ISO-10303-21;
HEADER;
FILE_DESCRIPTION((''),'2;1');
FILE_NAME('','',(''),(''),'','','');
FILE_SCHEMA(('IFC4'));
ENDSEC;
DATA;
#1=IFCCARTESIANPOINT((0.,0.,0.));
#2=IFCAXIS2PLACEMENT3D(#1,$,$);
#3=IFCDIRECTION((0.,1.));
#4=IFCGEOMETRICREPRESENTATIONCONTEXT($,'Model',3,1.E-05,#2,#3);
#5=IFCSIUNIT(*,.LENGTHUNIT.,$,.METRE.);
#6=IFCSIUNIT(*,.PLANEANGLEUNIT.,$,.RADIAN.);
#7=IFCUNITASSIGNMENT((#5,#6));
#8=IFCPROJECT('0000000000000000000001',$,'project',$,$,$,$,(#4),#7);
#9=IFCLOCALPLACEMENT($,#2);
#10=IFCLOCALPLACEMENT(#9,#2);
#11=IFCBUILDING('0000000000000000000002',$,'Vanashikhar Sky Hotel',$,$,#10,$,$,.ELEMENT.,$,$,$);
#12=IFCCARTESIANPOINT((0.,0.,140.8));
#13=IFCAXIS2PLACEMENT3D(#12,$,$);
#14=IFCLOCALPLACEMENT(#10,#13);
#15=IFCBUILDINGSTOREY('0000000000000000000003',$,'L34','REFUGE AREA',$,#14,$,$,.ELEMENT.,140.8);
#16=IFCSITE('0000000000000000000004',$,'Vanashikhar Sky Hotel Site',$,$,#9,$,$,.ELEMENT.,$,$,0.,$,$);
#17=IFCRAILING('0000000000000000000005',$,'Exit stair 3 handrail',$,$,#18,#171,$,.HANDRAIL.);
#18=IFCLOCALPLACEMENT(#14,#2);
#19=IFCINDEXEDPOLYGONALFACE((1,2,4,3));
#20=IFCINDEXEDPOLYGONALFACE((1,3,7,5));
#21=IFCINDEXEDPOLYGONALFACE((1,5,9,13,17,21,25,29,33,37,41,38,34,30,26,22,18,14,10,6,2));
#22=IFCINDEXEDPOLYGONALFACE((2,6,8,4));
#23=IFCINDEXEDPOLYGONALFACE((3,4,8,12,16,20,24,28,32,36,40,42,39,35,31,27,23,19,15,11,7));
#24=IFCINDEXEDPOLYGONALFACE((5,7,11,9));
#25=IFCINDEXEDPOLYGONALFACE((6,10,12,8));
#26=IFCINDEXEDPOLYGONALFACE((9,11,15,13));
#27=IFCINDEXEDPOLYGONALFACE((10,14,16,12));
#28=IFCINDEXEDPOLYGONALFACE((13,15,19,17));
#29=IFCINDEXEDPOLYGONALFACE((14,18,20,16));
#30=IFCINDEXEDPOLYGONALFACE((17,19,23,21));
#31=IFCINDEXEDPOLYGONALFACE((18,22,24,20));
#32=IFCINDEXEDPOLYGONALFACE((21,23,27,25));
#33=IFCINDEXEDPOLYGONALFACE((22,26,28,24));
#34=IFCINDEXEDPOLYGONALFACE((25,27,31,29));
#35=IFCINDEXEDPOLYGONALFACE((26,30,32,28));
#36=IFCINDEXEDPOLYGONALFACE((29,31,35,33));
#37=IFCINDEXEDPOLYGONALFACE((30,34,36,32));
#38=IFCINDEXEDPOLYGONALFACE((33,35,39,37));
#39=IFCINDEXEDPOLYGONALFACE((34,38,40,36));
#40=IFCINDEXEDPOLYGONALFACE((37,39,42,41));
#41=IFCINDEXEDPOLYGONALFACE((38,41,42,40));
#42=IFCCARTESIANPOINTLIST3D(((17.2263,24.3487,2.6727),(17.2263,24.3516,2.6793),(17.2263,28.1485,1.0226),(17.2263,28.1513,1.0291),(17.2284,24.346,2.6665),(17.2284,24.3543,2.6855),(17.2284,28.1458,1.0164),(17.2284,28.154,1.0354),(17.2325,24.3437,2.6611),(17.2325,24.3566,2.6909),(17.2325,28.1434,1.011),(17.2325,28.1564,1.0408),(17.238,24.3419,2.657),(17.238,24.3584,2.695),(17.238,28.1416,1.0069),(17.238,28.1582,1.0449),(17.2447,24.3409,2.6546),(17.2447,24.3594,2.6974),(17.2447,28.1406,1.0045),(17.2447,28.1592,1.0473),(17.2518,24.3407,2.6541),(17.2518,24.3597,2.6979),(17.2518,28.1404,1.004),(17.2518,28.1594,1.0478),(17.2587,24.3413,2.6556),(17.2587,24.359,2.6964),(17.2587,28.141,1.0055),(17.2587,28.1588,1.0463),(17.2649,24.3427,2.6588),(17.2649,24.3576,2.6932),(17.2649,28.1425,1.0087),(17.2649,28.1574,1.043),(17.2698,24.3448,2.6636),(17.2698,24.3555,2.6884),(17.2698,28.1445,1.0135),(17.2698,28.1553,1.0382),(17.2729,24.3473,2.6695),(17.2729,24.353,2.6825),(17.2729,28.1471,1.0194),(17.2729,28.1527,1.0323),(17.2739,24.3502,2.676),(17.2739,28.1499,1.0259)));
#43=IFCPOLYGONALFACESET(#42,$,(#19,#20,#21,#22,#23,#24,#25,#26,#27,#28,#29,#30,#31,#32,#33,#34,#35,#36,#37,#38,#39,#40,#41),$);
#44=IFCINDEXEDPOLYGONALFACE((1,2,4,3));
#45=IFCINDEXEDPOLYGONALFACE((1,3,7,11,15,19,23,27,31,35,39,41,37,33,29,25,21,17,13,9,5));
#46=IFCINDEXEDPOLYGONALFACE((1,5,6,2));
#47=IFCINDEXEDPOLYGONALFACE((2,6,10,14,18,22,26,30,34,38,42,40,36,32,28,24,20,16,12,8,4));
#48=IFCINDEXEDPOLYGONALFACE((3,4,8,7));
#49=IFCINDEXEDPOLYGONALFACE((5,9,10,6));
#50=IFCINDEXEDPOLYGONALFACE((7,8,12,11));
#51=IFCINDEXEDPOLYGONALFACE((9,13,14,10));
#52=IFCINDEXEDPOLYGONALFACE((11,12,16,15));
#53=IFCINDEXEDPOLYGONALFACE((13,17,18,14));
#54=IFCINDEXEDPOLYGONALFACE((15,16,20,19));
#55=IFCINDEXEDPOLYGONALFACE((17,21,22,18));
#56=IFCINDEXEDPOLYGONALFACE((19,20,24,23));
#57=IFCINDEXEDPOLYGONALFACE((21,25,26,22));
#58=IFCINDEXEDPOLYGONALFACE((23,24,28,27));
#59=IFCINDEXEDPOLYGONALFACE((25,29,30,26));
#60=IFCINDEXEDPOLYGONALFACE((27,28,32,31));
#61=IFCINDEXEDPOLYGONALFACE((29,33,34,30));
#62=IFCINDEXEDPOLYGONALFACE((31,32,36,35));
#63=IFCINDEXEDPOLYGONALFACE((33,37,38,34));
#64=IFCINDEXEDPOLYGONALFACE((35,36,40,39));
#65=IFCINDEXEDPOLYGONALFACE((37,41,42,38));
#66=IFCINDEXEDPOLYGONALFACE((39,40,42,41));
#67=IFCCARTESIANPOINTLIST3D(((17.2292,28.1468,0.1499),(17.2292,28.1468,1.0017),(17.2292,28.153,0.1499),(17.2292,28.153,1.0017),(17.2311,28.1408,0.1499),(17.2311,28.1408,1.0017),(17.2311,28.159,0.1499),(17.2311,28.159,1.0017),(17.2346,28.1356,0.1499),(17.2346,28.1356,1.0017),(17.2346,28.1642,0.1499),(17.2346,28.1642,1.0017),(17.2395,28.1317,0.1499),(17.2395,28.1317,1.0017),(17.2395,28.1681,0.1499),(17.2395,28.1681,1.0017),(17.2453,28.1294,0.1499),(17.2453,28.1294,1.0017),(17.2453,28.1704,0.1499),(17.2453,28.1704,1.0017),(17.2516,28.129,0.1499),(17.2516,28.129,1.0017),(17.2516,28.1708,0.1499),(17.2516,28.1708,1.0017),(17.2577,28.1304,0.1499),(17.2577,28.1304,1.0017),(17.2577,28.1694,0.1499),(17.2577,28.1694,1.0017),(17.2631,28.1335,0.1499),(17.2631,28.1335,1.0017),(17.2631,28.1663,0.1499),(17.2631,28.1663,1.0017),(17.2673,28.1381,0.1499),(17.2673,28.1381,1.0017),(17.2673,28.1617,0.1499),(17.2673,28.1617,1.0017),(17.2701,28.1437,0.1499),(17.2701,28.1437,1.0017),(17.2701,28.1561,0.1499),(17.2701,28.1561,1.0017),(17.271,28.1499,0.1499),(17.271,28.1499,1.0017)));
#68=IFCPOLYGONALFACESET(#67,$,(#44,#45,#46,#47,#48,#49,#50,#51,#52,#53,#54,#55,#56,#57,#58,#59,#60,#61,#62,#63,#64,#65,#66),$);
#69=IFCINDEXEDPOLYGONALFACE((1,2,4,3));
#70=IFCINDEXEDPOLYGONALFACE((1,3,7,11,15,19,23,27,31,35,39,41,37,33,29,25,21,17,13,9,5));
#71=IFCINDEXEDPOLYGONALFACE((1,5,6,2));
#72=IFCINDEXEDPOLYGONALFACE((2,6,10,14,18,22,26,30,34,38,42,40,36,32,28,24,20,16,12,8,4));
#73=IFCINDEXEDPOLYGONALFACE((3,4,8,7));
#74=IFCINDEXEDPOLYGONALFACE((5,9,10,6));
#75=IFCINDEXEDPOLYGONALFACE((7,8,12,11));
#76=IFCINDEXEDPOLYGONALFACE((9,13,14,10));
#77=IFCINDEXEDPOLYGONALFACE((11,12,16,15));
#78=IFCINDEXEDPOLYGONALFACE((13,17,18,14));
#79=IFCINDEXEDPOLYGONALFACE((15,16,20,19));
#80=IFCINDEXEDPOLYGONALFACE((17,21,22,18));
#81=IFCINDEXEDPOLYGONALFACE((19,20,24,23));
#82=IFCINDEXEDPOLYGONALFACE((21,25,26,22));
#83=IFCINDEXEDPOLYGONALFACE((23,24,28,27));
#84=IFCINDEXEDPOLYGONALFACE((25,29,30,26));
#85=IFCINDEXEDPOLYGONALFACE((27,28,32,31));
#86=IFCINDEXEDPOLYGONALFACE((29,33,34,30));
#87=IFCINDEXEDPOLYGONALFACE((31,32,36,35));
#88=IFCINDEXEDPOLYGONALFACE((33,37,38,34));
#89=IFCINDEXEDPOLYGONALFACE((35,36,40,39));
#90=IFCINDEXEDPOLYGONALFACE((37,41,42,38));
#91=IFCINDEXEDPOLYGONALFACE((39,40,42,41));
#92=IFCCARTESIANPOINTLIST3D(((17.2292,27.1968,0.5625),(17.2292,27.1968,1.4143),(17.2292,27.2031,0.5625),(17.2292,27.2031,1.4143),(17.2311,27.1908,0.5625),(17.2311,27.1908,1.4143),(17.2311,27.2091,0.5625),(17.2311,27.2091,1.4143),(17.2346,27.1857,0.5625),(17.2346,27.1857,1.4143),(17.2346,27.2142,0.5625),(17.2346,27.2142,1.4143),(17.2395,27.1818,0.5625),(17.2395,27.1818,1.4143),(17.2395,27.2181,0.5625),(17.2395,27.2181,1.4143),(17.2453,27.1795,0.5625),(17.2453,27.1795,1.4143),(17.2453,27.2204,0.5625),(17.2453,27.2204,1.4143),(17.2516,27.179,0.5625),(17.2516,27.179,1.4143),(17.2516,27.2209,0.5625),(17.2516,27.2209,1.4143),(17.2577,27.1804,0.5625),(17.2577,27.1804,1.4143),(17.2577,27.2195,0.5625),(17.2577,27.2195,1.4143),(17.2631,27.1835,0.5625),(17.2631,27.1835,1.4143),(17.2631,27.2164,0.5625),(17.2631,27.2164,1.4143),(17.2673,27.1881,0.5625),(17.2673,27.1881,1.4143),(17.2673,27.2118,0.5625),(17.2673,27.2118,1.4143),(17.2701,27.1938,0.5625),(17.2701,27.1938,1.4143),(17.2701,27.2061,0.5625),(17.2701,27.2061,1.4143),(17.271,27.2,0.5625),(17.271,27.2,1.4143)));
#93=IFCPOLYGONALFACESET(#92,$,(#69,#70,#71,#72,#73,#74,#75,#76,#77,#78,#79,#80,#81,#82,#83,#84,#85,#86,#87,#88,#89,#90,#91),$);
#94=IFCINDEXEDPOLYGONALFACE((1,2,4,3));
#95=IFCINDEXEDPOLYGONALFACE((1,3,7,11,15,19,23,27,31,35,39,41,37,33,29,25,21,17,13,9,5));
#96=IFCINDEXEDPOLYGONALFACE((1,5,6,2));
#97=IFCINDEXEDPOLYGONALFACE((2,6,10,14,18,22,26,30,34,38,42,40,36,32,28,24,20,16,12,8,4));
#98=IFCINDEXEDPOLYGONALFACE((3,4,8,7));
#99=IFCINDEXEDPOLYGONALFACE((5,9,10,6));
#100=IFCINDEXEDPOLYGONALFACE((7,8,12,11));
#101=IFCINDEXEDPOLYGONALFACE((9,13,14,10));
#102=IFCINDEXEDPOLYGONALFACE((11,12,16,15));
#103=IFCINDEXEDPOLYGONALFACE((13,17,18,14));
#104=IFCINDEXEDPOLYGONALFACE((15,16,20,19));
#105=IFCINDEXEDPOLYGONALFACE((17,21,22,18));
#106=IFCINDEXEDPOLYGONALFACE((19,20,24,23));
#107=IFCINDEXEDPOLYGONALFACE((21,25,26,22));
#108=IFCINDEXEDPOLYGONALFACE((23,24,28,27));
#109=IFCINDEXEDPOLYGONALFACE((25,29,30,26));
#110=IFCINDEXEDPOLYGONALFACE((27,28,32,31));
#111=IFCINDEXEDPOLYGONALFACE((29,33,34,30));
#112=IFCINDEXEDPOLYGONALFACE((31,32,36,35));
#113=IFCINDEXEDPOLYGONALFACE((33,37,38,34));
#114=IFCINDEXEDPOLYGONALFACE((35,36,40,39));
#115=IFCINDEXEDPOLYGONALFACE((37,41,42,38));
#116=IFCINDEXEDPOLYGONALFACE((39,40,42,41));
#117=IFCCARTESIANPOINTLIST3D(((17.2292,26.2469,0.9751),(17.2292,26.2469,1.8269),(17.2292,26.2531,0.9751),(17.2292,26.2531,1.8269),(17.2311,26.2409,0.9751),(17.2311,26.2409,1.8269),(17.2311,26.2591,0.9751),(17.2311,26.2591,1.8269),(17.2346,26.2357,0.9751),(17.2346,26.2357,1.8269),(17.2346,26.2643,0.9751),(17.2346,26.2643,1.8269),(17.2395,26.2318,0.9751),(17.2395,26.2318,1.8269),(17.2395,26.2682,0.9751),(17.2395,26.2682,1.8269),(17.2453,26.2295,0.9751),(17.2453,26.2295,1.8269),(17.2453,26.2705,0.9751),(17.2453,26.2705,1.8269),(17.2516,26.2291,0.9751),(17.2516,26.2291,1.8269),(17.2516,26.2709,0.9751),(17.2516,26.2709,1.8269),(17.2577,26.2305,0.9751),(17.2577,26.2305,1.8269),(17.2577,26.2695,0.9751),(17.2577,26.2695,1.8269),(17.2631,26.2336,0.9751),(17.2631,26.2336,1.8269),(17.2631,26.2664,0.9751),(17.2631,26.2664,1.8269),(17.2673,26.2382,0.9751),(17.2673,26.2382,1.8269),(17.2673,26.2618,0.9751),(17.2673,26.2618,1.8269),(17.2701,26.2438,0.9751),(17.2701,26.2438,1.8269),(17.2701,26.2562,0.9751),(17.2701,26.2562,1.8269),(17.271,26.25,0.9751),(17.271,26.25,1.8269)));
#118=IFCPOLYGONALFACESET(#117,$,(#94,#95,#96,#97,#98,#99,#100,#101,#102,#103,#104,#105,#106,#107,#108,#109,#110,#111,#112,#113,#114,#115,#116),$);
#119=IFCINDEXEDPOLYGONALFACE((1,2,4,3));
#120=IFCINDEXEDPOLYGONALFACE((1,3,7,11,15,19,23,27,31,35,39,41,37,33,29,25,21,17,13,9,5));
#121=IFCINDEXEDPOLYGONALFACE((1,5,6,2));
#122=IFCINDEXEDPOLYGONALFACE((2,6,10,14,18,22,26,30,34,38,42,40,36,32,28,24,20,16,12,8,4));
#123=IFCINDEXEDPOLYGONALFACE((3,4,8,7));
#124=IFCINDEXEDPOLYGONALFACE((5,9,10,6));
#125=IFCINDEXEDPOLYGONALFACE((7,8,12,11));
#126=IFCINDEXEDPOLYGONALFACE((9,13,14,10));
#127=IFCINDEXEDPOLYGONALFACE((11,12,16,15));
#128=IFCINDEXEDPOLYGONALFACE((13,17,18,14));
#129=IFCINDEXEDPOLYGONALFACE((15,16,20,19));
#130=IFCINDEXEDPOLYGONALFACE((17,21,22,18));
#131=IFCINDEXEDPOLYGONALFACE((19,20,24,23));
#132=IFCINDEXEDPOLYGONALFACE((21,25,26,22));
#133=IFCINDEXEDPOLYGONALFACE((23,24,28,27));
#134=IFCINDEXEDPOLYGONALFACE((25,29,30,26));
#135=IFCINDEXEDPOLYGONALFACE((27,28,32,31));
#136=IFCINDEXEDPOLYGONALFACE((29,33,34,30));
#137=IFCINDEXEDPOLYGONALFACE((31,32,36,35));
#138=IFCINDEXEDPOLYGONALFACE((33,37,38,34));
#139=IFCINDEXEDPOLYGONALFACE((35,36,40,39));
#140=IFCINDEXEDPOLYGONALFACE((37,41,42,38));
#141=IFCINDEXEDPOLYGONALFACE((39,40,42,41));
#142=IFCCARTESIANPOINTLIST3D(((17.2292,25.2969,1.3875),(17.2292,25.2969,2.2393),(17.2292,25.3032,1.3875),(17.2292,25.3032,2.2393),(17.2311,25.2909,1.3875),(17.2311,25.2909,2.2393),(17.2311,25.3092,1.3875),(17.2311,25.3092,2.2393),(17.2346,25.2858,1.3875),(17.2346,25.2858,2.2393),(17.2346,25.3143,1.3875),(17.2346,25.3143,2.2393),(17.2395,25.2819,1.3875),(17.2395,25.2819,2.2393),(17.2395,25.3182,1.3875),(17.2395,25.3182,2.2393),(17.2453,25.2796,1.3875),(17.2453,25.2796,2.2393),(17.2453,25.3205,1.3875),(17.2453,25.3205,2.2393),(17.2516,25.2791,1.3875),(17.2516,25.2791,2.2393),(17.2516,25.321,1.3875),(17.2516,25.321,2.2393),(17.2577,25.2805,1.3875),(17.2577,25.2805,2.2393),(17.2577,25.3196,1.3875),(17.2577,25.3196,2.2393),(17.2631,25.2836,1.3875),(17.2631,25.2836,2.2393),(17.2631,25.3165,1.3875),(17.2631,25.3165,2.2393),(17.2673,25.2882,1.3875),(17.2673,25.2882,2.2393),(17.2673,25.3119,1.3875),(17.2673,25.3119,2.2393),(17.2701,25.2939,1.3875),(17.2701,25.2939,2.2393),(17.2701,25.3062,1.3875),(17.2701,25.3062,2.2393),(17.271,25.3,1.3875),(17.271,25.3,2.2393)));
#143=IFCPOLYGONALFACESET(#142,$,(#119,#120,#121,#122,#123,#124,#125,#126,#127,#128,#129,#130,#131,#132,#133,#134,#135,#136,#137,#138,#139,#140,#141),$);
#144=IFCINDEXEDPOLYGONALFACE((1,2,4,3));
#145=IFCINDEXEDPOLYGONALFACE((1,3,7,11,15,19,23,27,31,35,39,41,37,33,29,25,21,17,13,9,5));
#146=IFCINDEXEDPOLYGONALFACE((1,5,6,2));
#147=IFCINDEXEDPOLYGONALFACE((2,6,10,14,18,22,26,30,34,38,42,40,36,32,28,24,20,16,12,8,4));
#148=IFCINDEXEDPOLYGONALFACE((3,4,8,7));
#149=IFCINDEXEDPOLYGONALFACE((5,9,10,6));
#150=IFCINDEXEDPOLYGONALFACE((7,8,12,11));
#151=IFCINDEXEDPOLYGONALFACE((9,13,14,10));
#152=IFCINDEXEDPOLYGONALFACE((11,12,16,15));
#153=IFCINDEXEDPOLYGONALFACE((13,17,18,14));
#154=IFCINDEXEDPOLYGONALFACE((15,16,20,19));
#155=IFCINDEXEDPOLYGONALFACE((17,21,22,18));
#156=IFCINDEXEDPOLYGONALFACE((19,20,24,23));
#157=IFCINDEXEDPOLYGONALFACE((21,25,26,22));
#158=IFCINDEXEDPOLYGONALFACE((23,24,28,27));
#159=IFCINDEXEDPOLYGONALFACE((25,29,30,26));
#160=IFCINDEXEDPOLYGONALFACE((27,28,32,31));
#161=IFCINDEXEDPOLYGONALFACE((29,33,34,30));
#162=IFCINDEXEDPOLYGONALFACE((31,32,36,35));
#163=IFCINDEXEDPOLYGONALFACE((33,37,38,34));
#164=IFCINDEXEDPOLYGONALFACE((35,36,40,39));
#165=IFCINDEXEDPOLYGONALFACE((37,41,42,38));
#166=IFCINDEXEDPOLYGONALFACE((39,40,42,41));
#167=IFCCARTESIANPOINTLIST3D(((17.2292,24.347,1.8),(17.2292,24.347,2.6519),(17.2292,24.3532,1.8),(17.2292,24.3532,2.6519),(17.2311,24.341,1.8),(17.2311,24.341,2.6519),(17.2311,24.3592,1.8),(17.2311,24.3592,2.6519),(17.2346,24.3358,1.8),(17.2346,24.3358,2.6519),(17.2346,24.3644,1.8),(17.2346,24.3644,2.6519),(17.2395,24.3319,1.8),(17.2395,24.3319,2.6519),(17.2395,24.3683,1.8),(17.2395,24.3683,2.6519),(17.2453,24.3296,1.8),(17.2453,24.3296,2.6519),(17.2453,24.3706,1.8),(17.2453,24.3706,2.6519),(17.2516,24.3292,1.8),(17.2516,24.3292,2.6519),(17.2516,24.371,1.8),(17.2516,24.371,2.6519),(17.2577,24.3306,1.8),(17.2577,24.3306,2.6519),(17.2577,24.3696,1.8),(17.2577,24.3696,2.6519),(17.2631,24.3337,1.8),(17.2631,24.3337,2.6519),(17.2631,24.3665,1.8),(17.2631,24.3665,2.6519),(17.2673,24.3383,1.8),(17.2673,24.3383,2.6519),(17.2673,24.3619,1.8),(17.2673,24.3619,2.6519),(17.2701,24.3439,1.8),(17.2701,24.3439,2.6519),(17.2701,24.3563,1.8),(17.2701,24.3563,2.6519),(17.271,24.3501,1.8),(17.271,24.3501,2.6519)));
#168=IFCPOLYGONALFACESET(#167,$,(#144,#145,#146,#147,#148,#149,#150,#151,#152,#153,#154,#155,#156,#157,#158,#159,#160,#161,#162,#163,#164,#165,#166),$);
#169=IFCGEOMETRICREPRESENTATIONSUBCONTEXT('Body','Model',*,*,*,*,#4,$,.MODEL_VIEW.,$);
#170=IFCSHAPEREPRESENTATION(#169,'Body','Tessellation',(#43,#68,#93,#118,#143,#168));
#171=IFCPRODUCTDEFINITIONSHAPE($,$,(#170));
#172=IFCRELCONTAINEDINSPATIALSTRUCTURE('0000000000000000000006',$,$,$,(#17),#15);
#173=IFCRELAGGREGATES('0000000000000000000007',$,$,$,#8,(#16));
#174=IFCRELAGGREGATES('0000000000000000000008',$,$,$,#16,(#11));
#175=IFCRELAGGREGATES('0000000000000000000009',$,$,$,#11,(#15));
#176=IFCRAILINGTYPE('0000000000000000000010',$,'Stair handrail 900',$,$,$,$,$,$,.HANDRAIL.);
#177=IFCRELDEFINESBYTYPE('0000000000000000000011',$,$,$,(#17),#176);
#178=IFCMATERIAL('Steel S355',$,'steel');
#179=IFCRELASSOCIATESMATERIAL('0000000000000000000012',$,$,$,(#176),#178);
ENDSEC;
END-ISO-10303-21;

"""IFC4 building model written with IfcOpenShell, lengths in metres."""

from ifc_helpers import new_model, si_unit, direction, frame, origin, origin_2d, place, context, subcontext, project, spatial, circle, extrude, source, transform, mapped, material, type_object, element, save


model = new_model("IFC4")

# Units and contexts
model_context = context("Model", 3, precision=1e-05, world=origin(), true_north=direction((0.0, 1.0)))
body_context = subcontext(model_context, "Body", "Model", "MODEL_VIEW")
ifc_project = project(units=[si_unit("LENGTHUNIT", "METRE"), si_unit("PLANEANGLEUNIT", "RADIAN")], contexts=[model_context])

# Site, building, storey
site_placement = place(None, origin())
site = spatial("IfcSite", under=ifc_project, at=site_placement, Name="Vanashikhar Sky Hotel Site", CompositionType="ELEMENT", RefElevation=0.0)
building_placement = place(site_placement, origin())
building = spatial("IfcBuilding", under=site, at=building_placement, Name="Vanashikhar Sky Hotel", CompositionType="ELEMENT")
storey_placement = place(building_placement, frame((0.0, 0.0, 140.8)))
storey = spatial("IfcBuildingStorey", under=building, at=storey_placement, Name="L34", Description="REFUGE AREA", CompositionType="ELEMENT", Elevation=140.8)

# Shared definitions
ifc_material_1 = material(Name="Steel S355", Category="steel")

# Railing
railing_type_1 = type_object("IfcRailingType", Name="Stair handrail 900", PredefinedType="HANDRAIL", material=ifc_material_1)
shared_shape_1 = source(origin(), body_context, "Body", "SweptSolid", [
    extrude(circle(Radius=0.0239, at=origin_2d()), frame((0.0, 0.0, 0.876), z_axis=(0.0, -0.917241, 0.398332), x_axis=(1.0, 0.0, 0.0)), (0.0, 0.0, 1.0), 4.1426),
    extrude(circle(Radius=0.021, at=origin_2d()), origin(), (0.0, 0.0, 1.0), 0.8518),
    extrude(circle(Radius=0.021, at=origin_2d()), frame((0.0, -0.95, 0.4126)), (0.0, 0.0, 1.0), 0.8518),
    extrude(circle(Radius=0.021, at=origin_2d()), frame((0.0, -1.8999, 0.8252)), (0.0, 0.0, 1.0), 0.8518),
    extrude(circle(Radius=0.021, at=origin_2d()), frame((0.0, -2.8499, 1.2375)), (0.0, 0.0, 1.0), 0.8518),
    extrude(circle(Radius=0.021, at=origin_2d()), frame((0.0, -3.7998, 1.6501)), (0.0, 0.0, 1.0), 0.8518),
])
railing_1_placement = place(storey_placement, frame((17.25, 28.1499, 0.1499)))
element("IfcRailing", 1, at=railing_1_placement, inside=storey, type_object=railing_type_1, Name="Exit stair 3 handrail", PredefinedType="HANDRAIL", context=body_context, shape_type="MappedRepresentation", body=[
    mapped(shared_shape_1, transform((0.0, 0.0, 0.0), scale=1.0)),
])

save(model, "model.ifc")
